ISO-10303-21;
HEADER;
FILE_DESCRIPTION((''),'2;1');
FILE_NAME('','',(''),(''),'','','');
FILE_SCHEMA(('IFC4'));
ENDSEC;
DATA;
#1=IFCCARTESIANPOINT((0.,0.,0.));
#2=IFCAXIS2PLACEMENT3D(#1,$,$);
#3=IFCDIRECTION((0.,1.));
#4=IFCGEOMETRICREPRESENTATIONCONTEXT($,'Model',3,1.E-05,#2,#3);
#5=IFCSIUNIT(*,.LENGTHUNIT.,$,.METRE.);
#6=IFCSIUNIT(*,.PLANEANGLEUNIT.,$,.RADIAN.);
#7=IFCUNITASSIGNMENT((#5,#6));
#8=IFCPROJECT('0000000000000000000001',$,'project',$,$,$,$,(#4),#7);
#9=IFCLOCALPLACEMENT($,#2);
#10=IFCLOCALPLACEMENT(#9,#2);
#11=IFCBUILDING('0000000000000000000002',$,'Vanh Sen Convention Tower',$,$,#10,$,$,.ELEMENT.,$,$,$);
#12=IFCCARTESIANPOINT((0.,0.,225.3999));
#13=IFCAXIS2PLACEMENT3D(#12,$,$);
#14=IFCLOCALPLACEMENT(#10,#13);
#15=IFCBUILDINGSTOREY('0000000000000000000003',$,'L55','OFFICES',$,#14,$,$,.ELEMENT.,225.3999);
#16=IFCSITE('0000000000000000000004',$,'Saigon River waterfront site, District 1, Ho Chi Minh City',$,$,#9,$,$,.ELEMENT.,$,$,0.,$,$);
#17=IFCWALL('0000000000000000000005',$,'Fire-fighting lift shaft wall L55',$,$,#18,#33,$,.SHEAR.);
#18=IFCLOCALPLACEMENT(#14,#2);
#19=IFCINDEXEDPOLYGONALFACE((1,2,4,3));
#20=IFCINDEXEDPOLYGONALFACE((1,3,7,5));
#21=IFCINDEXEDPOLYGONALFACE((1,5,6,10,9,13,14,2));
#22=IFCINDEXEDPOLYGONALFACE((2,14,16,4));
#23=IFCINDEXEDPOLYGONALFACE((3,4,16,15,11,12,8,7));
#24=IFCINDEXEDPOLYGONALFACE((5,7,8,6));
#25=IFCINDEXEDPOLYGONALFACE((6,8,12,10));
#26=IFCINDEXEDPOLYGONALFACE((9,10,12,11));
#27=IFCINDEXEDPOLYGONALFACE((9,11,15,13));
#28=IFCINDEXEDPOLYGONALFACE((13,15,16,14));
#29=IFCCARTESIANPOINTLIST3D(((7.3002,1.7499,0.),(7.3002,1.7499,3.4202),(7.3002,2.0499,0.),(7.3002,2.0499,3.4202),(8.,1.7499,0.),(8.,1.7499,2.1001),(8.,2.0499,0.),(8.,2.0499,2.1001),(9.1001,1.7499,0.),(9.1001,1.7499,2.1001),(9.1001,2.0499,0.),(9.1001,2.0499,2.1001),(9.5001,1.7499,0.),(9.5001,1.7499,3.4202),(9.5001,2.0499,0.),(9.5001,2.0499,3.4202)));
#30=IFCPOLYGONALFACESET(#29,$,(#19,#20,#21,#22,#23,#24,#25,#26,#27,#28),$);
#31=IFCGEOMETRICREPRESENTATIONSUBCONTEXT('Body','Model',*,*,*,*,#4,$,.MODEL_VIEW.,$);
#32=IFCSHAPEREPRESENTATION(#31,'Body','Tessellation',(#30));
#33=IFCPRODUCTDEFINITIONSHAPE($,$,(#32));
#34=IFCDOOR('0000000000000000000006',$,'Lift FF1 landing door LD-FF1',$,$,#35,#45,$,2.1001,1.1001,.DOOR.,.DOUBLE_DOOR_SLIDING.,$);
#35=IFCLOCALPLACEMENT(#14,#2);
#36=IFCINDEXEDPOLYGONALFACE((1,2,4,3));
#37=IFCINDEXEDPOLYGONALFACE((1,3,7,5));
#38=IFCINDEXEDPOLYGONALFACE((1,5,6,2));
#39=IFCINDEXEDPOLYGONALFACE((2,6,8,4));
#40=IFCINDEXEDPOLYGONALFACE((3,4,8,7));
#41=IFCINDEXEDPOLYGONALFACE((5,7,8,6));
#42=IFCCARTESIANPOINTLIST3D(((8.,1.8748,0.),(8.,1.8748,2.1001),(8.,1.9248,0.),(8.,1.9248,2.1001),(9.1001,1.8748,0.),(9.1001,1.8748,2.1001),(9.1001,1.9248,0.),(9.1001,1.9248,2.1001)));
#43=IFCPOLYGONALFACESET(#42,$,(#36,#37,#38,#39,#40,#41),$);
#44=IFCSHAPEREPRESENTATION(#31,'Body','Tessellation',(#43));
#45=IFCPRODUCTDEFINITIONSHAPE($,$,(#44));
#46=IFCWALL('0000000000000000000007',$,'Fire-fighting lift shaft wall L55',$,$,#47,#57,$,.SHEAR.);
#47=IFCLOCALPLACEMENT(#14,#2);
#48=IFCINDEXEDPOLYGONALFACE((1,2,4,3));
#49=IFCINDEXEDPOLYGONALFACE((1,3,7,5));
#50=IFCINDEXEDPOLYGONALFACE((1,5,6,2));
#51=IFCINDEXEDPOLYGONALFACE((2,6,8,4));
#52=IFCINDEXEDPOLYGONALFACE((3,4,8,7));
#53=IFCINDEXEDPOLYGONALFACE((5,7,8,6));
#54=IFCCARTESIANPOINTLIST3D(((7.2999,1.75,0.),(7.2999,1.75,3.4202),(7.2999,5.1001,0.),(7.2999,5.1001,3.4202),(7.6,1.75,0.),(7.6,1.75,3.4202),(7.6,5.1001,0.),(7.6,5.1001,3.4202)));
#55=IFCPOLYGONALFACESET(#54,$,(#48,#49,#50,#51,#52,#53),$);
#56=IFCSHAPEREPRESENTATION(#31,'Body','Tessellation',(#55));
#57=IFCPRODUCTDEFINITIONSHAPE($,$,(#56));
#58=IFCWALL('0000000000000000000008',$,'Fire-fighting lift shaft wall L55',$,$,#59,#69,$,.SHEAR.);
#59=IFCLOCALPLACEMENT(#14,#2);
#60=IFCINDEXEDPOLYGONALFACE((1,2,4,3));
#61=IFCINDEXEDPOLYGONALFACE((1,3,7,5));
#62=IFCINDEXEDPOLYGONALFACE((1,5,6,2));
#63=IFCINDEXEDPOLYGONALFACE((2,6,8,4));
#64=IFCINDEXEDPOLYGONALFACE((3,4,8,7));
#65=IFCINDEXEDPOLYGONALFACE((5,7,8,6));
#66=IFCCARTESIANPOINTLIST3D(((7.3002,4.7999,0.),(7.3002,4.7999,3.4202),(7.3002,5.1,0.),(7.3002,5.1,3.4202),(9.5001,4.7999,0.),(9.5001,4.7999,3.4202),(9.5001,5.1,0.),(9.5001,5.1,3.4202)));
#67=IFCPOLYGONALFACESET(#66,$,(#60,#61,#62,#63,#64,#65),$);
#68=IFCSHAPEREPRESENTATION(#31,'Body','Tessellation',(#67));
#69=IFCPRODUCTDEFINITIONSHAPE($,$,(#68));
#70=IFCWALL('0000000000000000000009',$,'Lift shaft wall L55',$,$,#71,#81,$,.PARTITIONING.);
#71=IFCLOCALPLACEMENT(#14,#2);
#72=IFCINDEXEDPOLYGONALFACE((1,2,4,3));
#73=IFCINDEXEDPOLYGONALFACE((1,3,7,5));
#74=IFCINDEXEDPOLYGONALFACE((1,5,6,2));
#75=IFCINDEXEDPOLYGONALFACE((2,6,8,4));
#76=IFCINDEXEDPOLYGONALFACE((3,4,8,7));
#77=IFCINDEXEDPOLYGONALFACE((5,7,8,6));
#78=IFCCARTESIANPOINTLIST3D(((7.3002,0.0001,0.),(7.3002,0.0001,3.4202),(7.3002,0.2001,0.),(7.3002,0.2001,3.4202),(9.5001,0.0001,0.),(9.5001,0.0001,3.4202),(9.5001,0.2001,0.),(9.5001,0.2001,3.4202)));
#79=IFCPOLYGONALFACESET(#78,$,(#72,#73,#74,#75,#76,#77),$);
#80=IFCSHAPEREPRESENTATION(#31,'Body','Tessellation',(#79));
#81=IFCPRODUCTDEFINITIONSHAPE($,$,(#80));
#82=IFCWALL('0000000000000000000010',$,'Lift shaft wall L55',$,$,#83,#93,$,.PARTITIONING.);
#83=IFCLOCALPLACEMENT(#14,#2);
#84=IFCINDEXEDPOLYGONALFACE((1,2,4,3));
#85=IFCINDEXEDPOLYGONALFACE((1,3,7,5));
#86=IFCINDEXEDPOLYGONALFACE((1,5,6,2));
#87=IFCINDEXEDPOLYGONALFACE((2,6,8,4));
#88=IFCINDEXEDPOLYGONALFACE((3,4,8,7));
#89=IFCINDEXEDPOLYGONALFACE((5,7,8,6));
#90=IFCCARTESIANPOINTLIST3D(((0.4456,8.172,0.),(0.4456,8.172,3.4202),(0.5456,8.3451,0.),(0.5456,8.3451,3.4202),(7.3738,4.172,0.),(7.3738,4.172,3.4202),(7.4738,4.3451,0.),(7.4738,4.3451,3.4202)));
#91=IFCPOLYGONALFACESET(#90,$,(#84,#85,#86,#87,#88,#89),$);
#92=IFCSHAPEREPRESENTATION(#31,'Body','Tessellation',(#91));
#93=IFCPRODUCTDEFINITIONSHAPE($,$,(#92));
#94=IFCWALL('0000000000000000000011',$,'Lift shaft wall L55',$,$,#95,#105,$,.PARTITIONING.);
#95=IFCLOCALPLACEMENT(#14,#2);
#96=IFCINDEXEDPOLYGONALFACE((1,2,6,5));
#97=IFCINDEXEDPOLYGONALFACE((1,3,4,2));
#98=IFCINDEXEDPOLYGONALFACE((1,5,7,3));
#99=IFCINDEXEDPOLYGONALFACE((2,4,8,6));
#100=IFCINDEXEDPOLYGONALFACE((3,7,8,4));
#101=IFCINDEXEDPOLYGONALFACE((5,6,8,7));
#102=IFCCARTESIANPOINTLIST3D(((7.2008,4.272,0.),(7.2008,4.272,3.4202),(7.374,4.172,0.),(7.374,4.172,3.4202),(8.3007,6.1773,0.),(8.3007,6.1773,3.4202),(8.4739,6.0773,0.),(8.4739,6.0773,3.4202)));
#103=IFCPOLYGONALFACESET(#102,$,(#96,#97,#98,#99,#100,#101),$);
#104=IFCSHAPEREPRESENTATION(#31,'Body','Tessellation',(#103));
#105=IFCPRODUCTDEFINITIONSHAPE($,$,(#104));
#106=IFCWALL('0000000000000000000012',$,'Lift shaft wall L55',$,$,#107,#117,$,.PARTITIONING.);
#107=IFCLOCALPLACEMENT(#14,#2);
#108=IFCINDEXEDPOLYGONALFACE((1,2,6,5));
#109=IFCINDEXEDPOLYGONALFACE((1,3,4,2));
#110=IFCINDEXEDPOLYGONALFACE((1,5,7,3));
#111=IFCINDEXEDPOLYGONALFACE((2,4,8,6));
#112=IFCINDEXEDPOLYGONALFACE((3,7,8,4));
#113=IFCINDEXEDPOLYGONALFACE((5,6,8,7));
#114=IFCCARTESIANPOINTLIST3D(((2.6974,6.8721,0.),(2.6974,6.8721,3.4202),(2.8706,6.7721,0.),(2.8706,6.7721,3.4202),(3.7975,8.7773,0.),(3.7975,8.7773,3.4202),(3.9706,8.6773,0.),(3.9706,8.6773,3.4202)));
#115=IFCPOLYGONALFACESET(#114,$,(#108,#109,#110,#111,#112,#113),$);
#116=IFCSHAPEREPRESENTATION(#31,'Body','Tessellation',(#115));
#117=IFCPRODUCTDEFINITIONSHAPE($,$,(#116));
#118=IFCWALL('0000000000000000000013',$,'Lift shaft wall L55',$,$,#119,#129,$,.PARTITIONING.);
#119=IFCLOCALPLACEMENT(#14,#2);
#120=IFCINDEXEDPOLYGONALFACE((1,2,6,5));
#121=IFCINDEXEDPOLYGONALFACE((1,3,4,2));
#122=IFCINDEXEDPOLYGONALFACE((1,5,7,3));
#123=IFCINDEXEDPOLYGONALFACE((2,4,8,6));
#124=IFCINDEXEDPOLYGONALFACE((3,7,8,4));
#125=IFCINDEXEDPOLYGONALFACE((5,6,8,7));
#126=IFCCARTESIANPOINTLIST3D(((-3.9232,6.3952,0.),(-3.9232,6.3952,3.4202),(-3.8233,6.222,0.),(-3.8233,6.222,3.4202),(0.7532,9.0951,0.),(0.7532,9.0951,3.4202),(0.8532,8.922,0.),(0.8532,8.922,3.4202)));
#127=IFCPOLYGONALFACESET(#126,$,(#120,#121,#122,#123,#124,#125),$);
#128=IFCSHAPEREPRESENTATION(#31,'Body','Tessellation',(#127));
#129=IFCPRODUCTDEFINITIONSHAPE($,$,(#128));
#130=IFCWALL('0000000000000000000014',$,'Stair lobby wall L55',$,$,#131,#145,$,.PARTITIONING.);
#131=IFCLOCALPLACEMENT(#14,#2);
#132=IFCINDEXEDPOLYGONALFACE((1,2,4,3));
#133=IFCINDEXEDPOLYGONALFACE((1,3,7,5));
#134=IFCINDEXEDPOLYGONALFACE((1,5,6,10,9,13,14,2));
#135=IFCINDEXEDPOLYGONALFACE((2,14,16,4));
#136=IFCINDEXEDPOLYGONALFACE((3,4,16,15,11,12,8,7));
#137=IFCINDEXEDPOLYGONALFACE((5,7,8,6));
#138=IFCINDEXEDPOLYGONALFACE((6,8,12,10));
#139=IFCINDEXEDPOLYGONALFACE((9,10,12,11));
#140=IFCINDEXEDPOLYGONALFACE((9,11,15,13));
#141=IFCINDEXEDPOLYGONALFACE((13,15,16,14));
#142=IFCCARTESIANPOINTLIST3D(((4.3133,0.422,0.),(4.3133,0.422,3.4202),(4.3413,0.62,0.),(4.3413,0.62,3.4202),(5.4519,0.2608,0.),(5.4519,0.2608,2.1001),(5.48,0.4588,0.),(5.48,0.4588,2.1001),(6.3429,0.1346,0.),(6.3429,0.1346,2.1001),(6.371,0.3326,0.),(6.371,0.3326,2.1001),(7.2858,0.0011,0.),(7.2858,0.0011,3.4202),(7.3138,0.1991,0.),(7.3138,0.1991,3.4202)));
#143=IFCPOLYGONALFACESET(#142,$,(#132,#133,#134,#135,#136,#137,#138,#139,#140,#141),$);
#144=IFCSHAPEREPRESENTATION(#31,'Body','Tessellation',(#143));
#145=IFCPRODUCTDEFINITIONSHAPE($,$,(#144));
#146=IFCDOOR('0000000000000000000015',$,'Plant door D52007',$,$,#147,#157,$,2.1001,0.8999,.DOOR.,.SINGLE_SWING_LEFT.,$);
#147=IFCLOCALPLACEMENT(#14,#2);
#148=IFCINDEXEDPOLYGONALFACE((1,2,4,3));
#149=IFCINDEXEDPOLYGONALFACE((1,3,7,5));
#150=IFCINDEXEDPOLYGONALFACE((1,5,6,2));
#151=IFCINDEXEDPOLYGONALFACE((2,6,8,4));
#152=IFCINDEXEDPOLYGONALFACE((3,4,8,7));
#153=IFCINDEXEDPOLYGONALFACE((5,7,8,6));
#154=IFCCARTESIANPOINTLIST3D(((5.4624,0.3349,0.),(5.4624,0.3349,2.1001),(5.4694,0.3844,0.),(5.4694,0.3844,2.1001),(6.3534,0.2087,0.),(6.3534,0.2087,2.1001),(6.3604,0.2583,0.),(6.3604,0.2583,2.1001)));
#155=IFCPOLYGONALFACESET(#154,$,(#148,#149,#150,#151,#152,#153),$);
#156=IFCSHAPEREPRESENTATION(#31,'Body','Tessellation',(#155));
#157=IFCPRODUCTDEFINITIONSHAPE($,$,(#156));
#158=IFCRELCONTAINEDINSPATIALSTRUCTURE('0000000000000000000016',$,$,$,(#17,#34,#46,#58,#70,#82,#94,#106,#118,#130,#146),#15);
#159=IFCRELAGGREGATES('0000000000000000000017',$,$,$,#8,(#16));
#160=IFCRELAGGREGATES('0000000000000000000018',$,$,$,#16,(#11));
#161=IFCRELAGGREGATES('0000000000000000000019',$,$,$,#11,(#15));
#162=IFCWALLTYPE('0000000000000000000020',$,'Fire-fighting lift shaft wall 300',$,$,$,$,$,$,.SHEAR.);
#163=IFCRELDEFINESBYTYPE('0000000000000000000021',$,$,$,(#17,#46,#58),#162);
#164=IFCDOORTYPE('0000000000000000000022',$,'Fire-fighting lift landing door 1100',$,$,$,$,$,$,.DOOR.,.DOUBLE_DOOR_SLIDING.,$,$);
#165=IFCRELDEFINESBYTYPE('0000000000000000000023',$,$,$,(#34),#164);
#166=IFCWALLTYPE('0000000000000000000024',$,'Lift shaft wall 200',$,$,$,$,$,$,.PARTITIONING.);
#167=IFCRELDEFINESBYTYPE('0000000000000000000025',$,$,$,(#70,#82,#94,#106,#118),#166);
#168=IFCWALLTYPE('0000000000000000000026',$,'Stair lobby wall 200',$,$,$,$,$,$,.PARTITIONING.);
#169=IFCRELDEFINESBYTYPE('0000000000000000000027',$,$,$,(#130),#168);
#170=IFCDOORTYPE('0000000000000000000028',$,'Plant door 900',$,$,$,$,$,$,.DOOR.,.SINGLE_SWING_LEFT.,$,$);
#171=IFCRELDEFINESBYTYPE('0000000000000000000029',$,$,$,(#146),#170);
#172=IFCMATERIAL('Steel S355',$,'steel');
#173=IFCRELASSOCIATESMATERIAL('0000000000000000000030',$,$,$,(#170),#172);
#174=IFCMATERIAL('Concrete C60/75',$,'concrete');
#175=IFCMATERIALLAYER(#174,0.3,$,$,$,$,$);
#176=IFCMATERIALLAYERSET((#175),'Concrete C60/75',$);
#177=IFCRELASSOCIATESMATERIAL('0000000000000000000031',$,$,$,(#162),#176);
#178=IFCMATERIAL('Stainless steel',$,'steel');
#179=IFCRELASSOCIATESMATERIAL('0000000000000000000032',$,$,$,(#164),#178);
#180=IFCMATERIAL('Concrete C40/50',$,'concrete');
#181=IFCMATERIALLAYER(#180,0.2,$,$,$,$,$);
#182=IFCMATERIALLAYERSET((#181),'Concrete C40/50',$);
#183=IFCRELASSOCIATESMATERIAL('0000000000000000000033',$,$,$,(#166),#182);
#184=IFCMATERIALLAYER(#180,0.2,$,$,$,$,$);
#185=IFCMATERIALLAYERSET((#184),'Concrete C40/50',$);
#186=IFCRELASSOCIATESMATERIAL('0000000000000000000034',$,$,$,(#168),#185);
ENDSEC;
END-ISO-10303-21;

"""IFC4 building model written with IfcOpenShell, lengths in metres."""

from ifc_helpers import new_model, si_unit, direction, frame, frame_2d, origin, place, context, subcontext, project, spatial, rectangle, extrude, material, layer, layer_set, type_object, element, fill, save


model = new_model("IFC4")

# Units and contexts
model_context = context("Model", 3, precision=1e-05, world=origin(), true_north=direction((0.0, 1.0)))
body_context = subcontext(model_context, "Body", "Model", "MODEL_VIEW")
ifc_project = project(units=[si_unit("LENGTHUNIT", "METRE"), si_unit("PLANEANGLEUNIT", "RADIAN")], contexts=[model_context])

# Site, building, storey
site_placement = place(None, origin())
site = spatial("IfcSite", under=ifc_project, at=site_placement, Name="Saigon River waterfront site, District 1, Ho Chi Minh City", CompositionType="ELEMENT", RefElevation=0.0)
building_placement = place(site_placement, origin())
building = spatial("IfcBuilding", under=site, at=building_placement, Name="Vanh Sen Convention Tower", CompositionType="ELEMENT")
storey_placement = place(building_placement, frame((0.0, 0.0, 225.3999)))
storey = spatial("IfcBuildingStorey", under=building, at=storey_placement, Name="L55", Description="OFFICES", CompositionType="ELEMENT", Elevation=225.3999)

# Shared definitions
ifc_material_1 = material(Name="Concrete C60/75", Category="concrete")
ifc_material_2 = material(Name="Steel S355", Category="steel")
door_type_1 = type_object("IfcDoorType", Name="Plant door 900", OperationType="SINGLE_SWING_LEFT", PredefinedType="DOOR", material=ifc_material_2)

# Wall, opening, door
ifc_layer_1 = layer(ifc_material_1, 0.3)
ifc_layer_set_1 = layer_set([ifc_layer_1], Name="Concrete C60/75")
wall_type_1 = type_object("IfcWallType", Name="Fire-fighting lift shaft wall 300", PredefinedType="SHEAR", material=ifc_layer_set_1)
wall_1_placement = place(storey_placement, frame((7.3, 1.8999, 0.0), z_axis=(0.0, 0.0, 1.0), x_axis=(1.0, 0.0, 0.0)))
wall_1 = element("IfcWall", 1, at=wall_1_placement, inside=storey, type_object=wall_type_1, Name="Fire-fighting lift shaft wall L55", PredefinedType="SHEAR", context=body_context, shape_type="SweptSolid", body=[
    extrude(rectangle(XDim=2.2, YDim=0.3, at=frame_2d((1.1001, 0.0))), origin(), (0.0, 0.0, 1.0), 3.4202),
])
opening_1_placement = place(wall_1_placement, frame((0.7, 0.0, 0.0)))
opening_1 = element("IfcOpeningElement", 2, at=opening_1_placement, cuts=wall_1, PredefinedType="OPENING", context=body_context, shape_type="SweptSolid", body=[
    extrude(rectangle(XDim=1.1001, YDim=2.1001, at=frame_2d((0.55, 1.05))), frame((0.0, 0.1599, 0.0), z_axis=(0.0, -1.0, 0.0), x_axis=(1.0, 0.0, 0.0)), (0.0, 0.0, 1.0), 0.3201),
])
ifc_material_3 = material(Name="Stainless steel", Category="steel")
door_type_2 = type_object("IfcDoorType", Name="Fire-fighting lift landing door 1100", OperationType="DOUBLE_DOOR_SLIDING", PredefinedType="DOOR", material=ifc_material_3)
door_1_placement = place(opening_1_placement, origin())
door_1 = element("IfcDoor", 3, at=door_1_placement, inside=storey, type_object=door_type_2, Name="Lift FF1 landing door LD-FF1", OperationType="DOUBLE_DOOR_SLIDING", OverallHeight=2.1001, OverallWidth=1.1001, PredefinedType="DOOR", context=body_context, shape_type="SweptSolid", body=[
    extrude(rectangle(XDim=1.1001, YDim=2.1001, at=frame_2d((0.55, 1.05))), frame((0.0, 0.0249, 0.0), z_axis=(0.0, -1.0, 0.0), x_axis=(1.0, 0.0, 0.0)), (0.0, 0.0, 1.0), 0.05),
])
fill(opening_1, door_1)

# Walls
wall_2_placement = place(storey_placement, frame((7.45, 1.75, 0.0), z_axis=(0.0, 0.0, 1.0), x_axis=(0.0, 1.0, 0.0)))
element("IfcWall", 4, at=wall_2_placement, inside=storey, type_object=wall_type_1, Name="Fire-fighting lift shaft wall L55", PredefinedType="SHEAR", context=body_context, shape_type="SweptSolid", body=[
    extrude(rectangle(XDim=3.3501, YDim=0.3, at=frame_2d((1.675, 0.0))), origin(), (0.0, 0.0, 1.0), 3.4202),
])
wall_3_placement = place(storey_placement, frame((7.3, 4.95, 0.0), z_axis=(0.0, 0.0, 1.0), x_axis=(1.0, 0.0, 0.0)))
element("IfcWall", 5, at=wall_3_placement, inside=storey, type_object=wall_type_1, Name="Fire-fighting lift shaft wall L55", PredefinedType="SHEAR", context=body_context, shape_type="SweptSolid", body=[
    extrude(rectangle(XDim=2.2, YDim=0.3, at=frame_2d((1.1001, 0.0))), origin(), (0.0, 0.0, 1.0), 3.4202),
])
ifc_material_4 = material(Name="Concrete C40/50", Category="concrete")
ifc_layer_2 = layer(ifc_material_4, 0.2)
ifc_layer_set_2 = layer_set([ifc_layer_2], Name="Concrete C40/50")
wall_type_2 = type_object("IfcWallType", Name="Lift shaft wall 200", PredefinedType="PARTITIONING", material=ifc_layer_set_2)
wall_4_placement = place(storey_placement, frame((7.3, 0.1001, 0.0), z_axis=(0.0, 0.0, 1.0), x_axis=(1.0, 0.0, 0.0)))
element("IfcWall", 6, at=wall_4_placement, inside=storey, type_object=wall_type_2, Name="Lift shaft wall L55", PredefinedType="PARTITIONING", context=body_context, shape_type="SweptSolid", body=[
    extrude(rectangle(XDim=2.2, YDim=0.2, at=frame_2d((1.1001, 0.0))), origin(), (0.0, 0.0, 1.0), 3.4202),
])
wall_5_placement = place(storey_placement, frame((7.4238, 4.2585, 0.0), z_axis=(0.0, 0.0, 1.0), x_axis=(-0.866026, 0.499999, 0.0)))
element("IfcWall", 7, at=wall_5_placement, inside=storey, type_object=wall_type_2, Name="Lift shaft wall L55", PredefinedType="PARTITIONING", context=body_context, shape_type="SweptSolid", body=[
    extrude(rectangle(XDim=8.0, YDim=0.2, at=frame_2d((4.0, 0.0))), origin(), (0.0, 0.0, 1.0), 3.4202),
])
for number, where, z_axis, x_axis, name in (
    (8, (7.2874, 4.2219, 0.0), (0.0, 0.0, 1.0), (0.499947, 0.866056, 0.0), "Lift shaft wall L55"),
    (9, (2.7839, 6.822, 0.0), (0.0, 0.0, 1.0), (0.50003, 0.866008, 0.0), "Lift shaft wall L55"),
):
    element("IfcWall", number, at=place(storey_placement, frame(where, z_axis=z_axis, x_axis=x_axis)), inside=storey, type_object=wall_type_2, Name=name, PredefinedType="PARTITIONING", context=body_context, shape_type="SweptSolid", body=[
        extrude(rectangle(XDim=2.2, YDim=0.2, at=frame_2d((1.1001, 0.0))), origin(), (0.0, 0.0, 1.0), 3.4202),
    ])
wall_6_placement = place(storey_placement, frame((0.8032, 9.0085, 0.0), z_axis=(0.0, 0.0, 1.0), x_axis=(-0.866028, -0.499995, 0.0)))
element("IfcWall", 10, at=wall_6_placement, inside=storey, type_object=wall_type_2, Name="Lift shaft wall L55", PredefinedType="PARTITIONING", context=body_context, shape_type="SweptSolid", body=[
    extrude(rectangle(XDim=5.3999, YDim=0.2, at=frame_2d((2.7, 0.0))), origin(), (0.0, 0.0, 1.0), 3.4202),
])

# Wall, opening, door
ifc_layer_3 = layer(ifc_material_4, 0.2)
ifc_layer_set_3 = layer_set([ifc_layer_3], Name="Concrete C40/50")
wall_type_3 = type_object("IfcWallType", Name="Stair lobby wall 200", PredefinedType="PARTITIONING", material=ifc_layer_set_3)
wall_7_placement = place(storey_placement, frame((4.3274, 0.521, 0.0), z_axis=(0.0, 0.0, 1.0), x_axis=(0.990124, -0.140192, 0.0)))
wall_7 = element("IfcWall", 11, at=wall_7_placement, inside=storey, type_object=wall_type_3, Name="Stair lobby wall L55", PredefinedType="PARTITIONING", context=body_context, shape_type="SweptSolid", body=[
    extrude(rectangle(XDim=3.0022, YDim=0.2, at=frame_2d((1.501, 0.0))), origin(), (0.0, 0.0, 1.0), 3.4202),
])
opening_2_placement = place(wall_7_placement, frame((1.1499, 0.0, 0.0)))
opening_2 = element("IfcOpeningElement", 12, at=opening_2_placement, cuts=wall_7, PredefinedType="OPENING", context=body_context, shape_type="SweptSolid", body=[
    extrude(rectangle(XDim=0.8999, YDim=2.1001, at=frame_2d((0.45, 1.05))), frame((0.0, 0.1099, 0.0), z_axis=(0.0, -1.0, 0.0), x_axis=(1.0, 0.0, 0.0)), (0.0, 0.0, 1.0), 0.22),
])
door_2_placement = place(opening_2_placement, origin())
door_2 = element("IfcDoor", 13, at=door_2_placement, inside=storey, type_object=door_type_1, Name="Plant door D52007", OperationType="SINGLE_SWING_LEFT", OverallHeight=2.1001, OverallWidth=0.8999, PredefinedType="DOOR", context=body_context, shape_type="SweptSolid", body=[
    extrude(rectangle(XDim=0.8999, YDim=2.1001, at=frame_2d((0.45, 1.05))), frame((0.0, 0.0249, 0.0), z_axis=(0.0, -1.0, 0.0), x_axis=(1.0, 0.0, 0.0)), (0.0, 0.0, 1.0), 0.05),
])
fill(opening_2, door_2)

save(model, "model.ifc")
